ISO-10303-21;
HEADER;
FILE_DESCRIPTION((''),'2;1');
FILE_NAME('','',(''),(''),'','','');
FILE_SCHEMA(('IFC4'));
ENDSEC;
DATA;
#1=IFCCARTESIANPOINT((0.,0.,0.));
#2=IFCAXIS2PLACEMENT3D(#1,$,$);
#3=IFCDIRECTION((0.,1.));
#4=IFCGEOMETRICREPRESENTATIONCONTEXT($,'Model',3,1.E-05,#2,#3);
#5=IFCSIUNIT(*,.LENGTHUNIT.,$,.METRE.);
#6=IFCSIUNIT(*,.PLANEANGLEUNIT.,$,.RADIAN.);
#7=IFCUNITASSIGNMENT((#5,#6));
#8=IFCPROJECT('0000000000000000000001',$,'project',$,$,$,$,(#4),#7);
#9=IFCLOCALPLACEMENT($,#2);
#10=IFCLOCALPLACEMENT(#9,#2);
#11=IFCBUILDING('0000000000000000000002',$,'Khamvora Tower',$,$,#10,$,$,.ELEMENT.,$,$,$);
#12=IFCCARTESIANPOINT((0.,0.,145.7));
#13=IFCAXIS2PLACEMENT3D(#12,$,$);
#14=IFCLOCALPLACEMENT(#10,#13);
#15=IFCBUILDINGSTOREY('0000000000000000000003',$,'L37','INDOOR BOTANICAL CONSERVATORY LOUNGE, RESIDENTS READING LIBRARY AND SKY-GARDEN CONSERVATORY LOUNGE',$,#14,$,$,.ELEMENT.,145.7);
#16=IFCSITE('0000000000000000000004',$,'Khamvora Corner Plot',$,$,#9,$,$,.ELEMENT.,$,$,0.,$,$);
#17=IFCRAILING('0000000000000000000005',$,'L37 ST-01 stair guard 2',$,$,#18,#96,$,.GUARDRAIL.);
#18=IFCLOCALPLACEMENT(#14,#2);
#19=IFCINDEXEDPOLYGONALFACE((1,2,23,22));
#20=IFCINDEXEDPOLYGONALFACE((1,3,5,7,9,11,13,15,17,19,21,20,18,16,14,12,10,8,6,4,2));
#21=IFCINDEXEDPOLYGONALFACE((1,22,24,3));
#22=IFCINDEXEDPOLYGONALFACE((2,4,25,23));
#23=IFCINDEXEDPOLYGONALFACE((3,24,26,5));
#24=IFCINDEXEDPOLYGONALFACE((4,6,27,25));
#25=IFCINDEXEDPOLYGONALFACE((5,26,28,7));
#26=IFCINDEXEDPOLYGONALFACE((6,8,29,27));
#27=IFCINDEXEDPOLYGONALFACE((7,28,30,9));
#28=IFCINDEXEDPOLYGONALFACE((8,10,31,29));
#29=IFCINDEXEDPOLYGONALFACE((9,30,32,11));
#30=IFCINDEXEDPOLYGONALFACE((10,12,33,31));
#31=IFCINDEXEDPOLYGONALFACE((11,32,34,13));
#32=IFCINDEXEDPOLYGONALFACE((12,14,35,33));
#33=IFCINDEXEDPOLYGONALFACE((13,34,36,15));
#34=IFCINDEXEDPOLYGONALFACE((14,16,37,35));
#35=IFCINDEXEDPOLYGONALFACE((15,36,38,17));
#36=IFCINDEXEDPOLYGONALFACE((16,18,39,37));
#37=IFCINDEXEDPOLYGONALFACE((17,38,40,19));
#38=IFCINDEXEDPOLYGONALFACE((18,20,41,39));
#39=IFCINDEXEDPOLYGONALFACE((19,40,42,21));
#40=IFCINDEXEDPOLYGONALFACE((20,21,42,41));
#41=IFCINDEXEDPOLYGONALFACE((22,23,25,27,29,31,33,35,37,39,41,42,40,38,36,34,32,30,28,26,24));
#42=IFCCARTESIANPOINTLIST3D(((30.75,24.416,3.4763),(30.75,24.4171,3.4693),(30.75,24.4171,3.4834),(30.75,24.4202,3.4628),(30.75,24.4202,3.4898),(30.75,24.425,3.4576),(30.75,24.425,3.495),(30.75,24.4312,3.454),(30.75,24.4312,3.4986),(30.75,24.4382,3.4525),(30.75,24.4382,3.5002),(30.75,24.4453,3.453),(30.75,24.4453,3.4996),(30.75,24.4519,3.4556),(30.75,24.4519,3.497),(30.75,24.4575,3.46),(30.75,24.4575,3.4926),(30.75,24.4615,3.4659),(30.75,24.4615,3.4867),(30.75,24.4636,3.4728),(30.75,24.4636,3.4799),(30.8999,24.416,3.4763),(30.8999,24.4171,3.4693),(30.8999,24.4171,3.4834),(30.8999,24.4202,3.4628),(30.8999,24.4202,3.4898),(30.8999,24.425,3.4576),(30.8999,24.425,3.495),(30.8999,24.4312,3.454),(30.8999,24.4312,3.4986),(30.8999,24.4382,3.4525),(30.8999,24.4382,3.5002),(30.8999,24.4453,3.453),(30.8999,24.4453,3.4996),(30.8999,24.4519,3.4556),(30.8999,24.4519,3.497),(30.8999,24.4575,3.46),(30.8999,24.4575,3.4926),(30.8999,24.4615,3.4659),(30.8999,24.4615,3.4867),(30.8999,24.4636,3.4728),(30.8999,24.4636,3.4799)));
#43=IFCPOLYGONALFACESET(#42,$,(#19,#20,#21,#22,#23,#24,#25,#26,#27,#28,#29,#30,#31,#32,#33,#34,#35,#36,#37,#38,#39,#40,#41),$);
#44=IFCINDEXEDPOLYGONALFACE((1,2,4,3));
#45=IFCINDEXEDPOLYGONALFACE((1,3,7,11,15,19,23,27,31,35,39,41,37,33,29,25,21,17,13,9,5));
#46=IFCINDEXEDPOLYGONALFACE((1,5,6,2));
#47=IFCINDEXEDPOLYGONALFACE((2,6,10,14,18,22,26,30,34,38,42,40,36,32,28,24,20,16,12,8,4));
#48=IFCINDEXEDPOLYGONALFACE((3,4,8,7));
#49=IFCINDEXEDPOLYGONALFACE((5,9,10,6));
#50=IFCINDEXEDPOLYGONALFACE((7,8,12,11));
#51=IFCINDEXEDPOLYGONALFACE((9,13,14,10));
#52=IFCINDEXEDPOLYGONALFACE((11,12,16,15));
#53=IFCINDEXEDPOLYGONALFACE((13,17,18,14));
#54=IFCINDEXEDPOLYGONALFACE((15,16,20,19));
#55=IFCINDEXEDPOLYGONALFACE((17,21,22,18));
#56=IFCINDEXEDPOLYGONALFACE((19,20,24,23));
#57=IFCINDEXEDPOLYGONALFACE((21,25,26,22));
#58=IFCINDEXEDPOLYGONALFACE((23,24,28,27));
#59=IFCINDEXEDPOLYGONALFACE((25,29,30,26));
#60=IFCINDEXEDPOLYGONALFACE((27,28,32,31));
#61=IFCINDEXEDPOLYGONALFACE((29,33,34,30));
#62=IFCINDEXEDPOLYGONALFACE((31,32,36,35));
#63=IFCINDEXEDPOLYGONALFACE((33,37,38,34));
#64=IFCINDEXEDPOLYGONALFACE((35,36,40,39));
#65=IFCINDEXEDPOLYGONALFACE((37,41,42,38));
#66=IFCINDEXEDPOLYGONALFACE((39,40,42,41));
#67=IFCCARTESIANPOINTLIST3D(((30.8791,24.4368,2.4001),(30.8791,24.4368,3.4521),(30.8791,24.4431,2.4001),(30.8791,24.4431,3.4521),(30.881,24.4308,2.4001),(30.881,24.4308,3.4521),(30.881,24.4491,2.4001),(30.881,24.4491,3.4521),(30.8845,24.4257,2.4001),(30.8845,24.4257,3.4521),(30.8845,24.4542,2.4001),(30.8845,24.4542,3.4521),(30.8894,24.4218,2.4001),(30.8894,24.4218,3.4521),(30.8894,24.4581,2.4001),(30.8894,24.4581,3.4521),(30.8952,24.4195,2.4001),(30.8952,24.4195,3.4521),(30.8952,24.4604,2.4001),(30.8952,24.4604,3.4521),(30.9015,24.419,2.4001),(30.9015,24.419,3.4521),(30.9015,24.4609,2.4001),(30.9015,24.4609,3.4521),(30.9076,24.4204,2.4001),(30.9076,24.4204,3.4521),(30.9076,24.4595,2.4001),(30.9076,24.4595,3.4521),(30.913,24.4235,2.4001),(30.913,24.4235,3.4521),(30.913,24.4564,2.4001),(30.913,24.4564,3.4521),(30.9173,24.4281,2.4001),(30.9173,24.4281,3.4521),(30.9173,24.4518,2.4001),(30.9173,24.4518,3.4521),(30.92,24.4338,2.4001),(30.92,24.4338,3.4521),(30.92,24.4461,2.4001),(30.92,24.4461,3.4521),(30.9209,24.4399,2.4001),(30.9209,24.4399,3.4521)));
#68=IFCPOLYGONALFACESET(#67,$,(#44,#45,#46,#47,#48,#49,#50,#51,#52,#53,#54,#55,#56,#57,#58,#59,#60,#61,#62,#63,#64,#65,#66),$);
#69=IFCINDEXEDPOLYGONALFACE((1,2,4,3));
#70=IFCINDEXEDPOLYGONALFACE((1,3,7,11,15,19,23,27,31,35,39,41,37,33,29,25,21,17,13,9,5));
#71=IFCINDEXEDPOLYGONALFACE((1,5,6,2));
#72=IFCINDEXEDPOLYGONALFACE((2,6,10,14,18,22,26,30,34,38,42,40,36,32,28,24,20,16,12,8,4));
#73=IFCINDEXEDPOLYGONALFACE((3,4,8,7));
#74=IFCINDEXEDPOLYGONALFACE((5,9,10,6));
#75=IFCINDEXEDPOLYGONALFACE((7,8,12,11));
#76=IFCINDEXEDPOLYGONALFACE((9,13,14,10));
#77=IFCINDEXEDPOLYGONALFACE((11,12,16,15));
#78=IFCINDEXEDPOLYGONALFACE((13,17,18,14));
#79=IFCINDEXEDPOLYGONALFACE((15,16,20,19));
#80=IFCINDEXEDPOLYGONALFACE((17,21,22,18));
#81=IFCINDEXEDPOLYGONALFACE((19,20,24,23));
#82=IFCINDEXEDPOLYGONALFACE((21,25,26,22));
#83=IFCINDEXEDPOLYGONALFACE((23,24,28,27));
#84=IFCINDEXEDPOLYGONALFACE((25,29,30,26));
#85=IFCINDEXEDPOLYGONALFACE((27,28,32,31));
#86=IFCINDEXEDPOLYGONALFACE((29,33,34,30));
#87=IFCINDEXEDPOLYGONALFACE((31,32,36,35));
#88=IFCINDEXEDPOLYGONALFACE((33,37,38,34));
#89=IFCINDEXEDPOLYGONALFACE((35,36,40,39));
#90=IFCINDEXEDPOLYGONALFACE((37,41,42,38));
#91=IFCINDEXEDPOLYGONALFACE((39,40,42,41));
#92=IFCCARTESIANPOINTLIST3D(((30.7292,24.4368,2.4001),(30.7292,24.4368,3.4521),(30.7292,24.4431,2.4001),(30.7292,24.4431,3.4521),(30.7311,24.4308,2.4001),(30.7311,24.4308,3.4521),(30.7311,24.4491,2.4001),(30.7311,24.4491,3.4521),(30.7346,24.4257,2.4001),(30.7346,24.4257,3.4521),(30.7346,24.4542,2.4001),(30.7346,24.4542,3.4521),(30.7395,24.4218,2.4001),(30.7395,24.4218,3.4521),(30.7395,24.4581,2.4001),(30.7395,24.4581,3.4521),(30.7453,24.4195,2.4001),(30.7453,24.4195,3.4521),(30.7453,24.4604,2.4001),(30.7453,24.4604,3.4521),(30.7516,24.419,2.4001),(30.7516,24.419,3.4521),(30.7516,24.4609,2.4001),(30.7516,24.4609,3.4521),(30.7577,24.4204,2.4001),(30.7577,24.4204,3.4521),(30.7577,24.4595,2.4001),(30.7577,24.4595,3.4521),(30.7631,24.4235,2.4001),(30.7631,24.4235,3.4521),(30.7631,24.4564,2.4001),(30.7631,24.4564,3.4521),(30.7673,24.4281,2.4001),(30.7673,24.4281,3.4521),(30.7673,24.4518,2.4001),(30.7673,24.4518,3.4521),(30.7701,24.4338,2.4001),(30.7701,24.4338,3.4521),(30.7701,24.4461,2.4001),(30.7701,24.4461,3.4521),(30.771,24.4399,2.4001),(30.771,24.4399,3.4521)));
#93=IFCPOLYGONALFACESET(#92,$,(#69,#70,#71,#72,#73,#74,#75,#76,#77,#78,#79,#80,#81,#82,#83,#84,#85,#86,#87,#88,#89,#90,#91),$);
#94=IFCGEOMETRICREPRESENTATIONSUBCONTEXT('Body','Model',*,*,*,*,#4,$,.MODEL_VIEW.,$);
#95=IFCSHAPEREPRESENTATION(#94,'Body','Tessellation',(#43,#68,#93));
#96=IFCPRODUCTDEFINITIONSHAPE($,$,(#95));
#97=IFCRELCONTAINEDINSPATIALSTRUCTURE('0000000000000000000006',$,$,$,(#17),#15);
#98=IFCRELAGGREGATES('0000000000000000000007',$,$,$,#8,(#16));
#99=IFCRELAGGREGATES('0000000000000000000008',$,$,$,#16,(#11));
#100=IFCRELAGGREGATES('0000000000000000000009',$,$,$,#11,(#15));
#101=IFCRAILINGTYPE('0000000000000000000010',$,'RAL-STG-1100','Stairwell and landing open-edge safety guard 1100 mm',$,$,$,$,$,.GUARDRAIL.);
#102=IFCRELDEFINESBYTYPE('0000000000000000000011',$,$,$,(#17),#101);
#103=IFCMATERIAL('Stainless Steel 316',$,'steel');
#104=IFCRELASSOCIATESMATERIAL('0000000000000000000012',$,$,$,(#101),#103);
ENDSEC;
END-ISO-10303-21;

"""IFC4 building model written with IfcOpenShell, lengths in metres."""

from ifc_helpers import new_model, si_unit, direction, frame, origin, origin_2d, place, context, subcontext, project, spatial, circle, extrude, material, type_object, element, save


model = new_model("IFC4")

# Units and contexts
model_context = context("Model", 3, precision=1e-05, world=origin(), true_north=direction((0.0, 1.0)))
body_context = subcontext(model_context, "Body", "Model", "MODEL_VIEW")
ifc_project = project(units=[si_unit("LENGTHUNIT", "METRE"), si_unit("PLANEANGLEUNIT", "RADIAN")], contexts=[model_context])

# Site, building, storey
site_placement = place(None, origin())
site = spatial("IfcSite", under=ifc_project, at=site_placement, Name="Khamvora Corner Plot", CompositionType="ELEMENT", RefElevation=0.0)
building_placement = place(site_placement, origin())
building = spatial("IfcBuilding", under=site, at=building_placement, Name="Khamvora Tower", CompositionType="ELEMENT")
storey_placement = place(building_placement, frame((0.0, 0.0, 145.7)))
storey = spatial("IfcBuildingStorey", under=building, at=storey_placement, Name="L37", Description="INDOOR BOTANICAL CONSERVATORY LOUNGE, RESIDENTS READING LIBRARY AND SKY-GARDEN CONSERVATORY LOUNGE", CompositionType="ELEMENT", Elevation=145.7)

# Railing
ifc_material_1 = material(Name="Stainless Steel 316", Category="steel")
railing_type_1 = type_object("IfcRailingType", Name="RAL-STG-1100", Description="Stairwell and landing open-edge safety guard 1100 mm", PredefinedType="GUARDRAIL", material=ifc_material_1)
railing_1_placement = place(storey_placement, frame((30.8999, 24.4399, 2.4001)))
element("IfcRailing", 1, at=railing_1_placement, inside=storey, type_object=railing_type_1, Name="L37 ST-01 stair guard 2", PredefinedType="GUARDRAIL", context=body_context, shape_type="SweptSolid", body=[
    extrude(circle(Radius=0.0239, at=origin_2d()), frame((0.0, 0.0, 1.0762), z_axis=(-1.0, 0.0, 0.0), x_axis=(0.0, -1.0, 0.0)), (0.0, 0.0, 1.0), 0.1499),
    extrude(circle(Radius=0.021, at=origin_2d()), origin(), (0.0, 0.0, 1.0), 1.052),
    extrude(circle(Radius=0.021, at=origin_2d()), frame((-0.1499, 0.0, 0.0)), (0.0, 0.0, 1.0), 1.052),
])

save(model, "model.ifc")
